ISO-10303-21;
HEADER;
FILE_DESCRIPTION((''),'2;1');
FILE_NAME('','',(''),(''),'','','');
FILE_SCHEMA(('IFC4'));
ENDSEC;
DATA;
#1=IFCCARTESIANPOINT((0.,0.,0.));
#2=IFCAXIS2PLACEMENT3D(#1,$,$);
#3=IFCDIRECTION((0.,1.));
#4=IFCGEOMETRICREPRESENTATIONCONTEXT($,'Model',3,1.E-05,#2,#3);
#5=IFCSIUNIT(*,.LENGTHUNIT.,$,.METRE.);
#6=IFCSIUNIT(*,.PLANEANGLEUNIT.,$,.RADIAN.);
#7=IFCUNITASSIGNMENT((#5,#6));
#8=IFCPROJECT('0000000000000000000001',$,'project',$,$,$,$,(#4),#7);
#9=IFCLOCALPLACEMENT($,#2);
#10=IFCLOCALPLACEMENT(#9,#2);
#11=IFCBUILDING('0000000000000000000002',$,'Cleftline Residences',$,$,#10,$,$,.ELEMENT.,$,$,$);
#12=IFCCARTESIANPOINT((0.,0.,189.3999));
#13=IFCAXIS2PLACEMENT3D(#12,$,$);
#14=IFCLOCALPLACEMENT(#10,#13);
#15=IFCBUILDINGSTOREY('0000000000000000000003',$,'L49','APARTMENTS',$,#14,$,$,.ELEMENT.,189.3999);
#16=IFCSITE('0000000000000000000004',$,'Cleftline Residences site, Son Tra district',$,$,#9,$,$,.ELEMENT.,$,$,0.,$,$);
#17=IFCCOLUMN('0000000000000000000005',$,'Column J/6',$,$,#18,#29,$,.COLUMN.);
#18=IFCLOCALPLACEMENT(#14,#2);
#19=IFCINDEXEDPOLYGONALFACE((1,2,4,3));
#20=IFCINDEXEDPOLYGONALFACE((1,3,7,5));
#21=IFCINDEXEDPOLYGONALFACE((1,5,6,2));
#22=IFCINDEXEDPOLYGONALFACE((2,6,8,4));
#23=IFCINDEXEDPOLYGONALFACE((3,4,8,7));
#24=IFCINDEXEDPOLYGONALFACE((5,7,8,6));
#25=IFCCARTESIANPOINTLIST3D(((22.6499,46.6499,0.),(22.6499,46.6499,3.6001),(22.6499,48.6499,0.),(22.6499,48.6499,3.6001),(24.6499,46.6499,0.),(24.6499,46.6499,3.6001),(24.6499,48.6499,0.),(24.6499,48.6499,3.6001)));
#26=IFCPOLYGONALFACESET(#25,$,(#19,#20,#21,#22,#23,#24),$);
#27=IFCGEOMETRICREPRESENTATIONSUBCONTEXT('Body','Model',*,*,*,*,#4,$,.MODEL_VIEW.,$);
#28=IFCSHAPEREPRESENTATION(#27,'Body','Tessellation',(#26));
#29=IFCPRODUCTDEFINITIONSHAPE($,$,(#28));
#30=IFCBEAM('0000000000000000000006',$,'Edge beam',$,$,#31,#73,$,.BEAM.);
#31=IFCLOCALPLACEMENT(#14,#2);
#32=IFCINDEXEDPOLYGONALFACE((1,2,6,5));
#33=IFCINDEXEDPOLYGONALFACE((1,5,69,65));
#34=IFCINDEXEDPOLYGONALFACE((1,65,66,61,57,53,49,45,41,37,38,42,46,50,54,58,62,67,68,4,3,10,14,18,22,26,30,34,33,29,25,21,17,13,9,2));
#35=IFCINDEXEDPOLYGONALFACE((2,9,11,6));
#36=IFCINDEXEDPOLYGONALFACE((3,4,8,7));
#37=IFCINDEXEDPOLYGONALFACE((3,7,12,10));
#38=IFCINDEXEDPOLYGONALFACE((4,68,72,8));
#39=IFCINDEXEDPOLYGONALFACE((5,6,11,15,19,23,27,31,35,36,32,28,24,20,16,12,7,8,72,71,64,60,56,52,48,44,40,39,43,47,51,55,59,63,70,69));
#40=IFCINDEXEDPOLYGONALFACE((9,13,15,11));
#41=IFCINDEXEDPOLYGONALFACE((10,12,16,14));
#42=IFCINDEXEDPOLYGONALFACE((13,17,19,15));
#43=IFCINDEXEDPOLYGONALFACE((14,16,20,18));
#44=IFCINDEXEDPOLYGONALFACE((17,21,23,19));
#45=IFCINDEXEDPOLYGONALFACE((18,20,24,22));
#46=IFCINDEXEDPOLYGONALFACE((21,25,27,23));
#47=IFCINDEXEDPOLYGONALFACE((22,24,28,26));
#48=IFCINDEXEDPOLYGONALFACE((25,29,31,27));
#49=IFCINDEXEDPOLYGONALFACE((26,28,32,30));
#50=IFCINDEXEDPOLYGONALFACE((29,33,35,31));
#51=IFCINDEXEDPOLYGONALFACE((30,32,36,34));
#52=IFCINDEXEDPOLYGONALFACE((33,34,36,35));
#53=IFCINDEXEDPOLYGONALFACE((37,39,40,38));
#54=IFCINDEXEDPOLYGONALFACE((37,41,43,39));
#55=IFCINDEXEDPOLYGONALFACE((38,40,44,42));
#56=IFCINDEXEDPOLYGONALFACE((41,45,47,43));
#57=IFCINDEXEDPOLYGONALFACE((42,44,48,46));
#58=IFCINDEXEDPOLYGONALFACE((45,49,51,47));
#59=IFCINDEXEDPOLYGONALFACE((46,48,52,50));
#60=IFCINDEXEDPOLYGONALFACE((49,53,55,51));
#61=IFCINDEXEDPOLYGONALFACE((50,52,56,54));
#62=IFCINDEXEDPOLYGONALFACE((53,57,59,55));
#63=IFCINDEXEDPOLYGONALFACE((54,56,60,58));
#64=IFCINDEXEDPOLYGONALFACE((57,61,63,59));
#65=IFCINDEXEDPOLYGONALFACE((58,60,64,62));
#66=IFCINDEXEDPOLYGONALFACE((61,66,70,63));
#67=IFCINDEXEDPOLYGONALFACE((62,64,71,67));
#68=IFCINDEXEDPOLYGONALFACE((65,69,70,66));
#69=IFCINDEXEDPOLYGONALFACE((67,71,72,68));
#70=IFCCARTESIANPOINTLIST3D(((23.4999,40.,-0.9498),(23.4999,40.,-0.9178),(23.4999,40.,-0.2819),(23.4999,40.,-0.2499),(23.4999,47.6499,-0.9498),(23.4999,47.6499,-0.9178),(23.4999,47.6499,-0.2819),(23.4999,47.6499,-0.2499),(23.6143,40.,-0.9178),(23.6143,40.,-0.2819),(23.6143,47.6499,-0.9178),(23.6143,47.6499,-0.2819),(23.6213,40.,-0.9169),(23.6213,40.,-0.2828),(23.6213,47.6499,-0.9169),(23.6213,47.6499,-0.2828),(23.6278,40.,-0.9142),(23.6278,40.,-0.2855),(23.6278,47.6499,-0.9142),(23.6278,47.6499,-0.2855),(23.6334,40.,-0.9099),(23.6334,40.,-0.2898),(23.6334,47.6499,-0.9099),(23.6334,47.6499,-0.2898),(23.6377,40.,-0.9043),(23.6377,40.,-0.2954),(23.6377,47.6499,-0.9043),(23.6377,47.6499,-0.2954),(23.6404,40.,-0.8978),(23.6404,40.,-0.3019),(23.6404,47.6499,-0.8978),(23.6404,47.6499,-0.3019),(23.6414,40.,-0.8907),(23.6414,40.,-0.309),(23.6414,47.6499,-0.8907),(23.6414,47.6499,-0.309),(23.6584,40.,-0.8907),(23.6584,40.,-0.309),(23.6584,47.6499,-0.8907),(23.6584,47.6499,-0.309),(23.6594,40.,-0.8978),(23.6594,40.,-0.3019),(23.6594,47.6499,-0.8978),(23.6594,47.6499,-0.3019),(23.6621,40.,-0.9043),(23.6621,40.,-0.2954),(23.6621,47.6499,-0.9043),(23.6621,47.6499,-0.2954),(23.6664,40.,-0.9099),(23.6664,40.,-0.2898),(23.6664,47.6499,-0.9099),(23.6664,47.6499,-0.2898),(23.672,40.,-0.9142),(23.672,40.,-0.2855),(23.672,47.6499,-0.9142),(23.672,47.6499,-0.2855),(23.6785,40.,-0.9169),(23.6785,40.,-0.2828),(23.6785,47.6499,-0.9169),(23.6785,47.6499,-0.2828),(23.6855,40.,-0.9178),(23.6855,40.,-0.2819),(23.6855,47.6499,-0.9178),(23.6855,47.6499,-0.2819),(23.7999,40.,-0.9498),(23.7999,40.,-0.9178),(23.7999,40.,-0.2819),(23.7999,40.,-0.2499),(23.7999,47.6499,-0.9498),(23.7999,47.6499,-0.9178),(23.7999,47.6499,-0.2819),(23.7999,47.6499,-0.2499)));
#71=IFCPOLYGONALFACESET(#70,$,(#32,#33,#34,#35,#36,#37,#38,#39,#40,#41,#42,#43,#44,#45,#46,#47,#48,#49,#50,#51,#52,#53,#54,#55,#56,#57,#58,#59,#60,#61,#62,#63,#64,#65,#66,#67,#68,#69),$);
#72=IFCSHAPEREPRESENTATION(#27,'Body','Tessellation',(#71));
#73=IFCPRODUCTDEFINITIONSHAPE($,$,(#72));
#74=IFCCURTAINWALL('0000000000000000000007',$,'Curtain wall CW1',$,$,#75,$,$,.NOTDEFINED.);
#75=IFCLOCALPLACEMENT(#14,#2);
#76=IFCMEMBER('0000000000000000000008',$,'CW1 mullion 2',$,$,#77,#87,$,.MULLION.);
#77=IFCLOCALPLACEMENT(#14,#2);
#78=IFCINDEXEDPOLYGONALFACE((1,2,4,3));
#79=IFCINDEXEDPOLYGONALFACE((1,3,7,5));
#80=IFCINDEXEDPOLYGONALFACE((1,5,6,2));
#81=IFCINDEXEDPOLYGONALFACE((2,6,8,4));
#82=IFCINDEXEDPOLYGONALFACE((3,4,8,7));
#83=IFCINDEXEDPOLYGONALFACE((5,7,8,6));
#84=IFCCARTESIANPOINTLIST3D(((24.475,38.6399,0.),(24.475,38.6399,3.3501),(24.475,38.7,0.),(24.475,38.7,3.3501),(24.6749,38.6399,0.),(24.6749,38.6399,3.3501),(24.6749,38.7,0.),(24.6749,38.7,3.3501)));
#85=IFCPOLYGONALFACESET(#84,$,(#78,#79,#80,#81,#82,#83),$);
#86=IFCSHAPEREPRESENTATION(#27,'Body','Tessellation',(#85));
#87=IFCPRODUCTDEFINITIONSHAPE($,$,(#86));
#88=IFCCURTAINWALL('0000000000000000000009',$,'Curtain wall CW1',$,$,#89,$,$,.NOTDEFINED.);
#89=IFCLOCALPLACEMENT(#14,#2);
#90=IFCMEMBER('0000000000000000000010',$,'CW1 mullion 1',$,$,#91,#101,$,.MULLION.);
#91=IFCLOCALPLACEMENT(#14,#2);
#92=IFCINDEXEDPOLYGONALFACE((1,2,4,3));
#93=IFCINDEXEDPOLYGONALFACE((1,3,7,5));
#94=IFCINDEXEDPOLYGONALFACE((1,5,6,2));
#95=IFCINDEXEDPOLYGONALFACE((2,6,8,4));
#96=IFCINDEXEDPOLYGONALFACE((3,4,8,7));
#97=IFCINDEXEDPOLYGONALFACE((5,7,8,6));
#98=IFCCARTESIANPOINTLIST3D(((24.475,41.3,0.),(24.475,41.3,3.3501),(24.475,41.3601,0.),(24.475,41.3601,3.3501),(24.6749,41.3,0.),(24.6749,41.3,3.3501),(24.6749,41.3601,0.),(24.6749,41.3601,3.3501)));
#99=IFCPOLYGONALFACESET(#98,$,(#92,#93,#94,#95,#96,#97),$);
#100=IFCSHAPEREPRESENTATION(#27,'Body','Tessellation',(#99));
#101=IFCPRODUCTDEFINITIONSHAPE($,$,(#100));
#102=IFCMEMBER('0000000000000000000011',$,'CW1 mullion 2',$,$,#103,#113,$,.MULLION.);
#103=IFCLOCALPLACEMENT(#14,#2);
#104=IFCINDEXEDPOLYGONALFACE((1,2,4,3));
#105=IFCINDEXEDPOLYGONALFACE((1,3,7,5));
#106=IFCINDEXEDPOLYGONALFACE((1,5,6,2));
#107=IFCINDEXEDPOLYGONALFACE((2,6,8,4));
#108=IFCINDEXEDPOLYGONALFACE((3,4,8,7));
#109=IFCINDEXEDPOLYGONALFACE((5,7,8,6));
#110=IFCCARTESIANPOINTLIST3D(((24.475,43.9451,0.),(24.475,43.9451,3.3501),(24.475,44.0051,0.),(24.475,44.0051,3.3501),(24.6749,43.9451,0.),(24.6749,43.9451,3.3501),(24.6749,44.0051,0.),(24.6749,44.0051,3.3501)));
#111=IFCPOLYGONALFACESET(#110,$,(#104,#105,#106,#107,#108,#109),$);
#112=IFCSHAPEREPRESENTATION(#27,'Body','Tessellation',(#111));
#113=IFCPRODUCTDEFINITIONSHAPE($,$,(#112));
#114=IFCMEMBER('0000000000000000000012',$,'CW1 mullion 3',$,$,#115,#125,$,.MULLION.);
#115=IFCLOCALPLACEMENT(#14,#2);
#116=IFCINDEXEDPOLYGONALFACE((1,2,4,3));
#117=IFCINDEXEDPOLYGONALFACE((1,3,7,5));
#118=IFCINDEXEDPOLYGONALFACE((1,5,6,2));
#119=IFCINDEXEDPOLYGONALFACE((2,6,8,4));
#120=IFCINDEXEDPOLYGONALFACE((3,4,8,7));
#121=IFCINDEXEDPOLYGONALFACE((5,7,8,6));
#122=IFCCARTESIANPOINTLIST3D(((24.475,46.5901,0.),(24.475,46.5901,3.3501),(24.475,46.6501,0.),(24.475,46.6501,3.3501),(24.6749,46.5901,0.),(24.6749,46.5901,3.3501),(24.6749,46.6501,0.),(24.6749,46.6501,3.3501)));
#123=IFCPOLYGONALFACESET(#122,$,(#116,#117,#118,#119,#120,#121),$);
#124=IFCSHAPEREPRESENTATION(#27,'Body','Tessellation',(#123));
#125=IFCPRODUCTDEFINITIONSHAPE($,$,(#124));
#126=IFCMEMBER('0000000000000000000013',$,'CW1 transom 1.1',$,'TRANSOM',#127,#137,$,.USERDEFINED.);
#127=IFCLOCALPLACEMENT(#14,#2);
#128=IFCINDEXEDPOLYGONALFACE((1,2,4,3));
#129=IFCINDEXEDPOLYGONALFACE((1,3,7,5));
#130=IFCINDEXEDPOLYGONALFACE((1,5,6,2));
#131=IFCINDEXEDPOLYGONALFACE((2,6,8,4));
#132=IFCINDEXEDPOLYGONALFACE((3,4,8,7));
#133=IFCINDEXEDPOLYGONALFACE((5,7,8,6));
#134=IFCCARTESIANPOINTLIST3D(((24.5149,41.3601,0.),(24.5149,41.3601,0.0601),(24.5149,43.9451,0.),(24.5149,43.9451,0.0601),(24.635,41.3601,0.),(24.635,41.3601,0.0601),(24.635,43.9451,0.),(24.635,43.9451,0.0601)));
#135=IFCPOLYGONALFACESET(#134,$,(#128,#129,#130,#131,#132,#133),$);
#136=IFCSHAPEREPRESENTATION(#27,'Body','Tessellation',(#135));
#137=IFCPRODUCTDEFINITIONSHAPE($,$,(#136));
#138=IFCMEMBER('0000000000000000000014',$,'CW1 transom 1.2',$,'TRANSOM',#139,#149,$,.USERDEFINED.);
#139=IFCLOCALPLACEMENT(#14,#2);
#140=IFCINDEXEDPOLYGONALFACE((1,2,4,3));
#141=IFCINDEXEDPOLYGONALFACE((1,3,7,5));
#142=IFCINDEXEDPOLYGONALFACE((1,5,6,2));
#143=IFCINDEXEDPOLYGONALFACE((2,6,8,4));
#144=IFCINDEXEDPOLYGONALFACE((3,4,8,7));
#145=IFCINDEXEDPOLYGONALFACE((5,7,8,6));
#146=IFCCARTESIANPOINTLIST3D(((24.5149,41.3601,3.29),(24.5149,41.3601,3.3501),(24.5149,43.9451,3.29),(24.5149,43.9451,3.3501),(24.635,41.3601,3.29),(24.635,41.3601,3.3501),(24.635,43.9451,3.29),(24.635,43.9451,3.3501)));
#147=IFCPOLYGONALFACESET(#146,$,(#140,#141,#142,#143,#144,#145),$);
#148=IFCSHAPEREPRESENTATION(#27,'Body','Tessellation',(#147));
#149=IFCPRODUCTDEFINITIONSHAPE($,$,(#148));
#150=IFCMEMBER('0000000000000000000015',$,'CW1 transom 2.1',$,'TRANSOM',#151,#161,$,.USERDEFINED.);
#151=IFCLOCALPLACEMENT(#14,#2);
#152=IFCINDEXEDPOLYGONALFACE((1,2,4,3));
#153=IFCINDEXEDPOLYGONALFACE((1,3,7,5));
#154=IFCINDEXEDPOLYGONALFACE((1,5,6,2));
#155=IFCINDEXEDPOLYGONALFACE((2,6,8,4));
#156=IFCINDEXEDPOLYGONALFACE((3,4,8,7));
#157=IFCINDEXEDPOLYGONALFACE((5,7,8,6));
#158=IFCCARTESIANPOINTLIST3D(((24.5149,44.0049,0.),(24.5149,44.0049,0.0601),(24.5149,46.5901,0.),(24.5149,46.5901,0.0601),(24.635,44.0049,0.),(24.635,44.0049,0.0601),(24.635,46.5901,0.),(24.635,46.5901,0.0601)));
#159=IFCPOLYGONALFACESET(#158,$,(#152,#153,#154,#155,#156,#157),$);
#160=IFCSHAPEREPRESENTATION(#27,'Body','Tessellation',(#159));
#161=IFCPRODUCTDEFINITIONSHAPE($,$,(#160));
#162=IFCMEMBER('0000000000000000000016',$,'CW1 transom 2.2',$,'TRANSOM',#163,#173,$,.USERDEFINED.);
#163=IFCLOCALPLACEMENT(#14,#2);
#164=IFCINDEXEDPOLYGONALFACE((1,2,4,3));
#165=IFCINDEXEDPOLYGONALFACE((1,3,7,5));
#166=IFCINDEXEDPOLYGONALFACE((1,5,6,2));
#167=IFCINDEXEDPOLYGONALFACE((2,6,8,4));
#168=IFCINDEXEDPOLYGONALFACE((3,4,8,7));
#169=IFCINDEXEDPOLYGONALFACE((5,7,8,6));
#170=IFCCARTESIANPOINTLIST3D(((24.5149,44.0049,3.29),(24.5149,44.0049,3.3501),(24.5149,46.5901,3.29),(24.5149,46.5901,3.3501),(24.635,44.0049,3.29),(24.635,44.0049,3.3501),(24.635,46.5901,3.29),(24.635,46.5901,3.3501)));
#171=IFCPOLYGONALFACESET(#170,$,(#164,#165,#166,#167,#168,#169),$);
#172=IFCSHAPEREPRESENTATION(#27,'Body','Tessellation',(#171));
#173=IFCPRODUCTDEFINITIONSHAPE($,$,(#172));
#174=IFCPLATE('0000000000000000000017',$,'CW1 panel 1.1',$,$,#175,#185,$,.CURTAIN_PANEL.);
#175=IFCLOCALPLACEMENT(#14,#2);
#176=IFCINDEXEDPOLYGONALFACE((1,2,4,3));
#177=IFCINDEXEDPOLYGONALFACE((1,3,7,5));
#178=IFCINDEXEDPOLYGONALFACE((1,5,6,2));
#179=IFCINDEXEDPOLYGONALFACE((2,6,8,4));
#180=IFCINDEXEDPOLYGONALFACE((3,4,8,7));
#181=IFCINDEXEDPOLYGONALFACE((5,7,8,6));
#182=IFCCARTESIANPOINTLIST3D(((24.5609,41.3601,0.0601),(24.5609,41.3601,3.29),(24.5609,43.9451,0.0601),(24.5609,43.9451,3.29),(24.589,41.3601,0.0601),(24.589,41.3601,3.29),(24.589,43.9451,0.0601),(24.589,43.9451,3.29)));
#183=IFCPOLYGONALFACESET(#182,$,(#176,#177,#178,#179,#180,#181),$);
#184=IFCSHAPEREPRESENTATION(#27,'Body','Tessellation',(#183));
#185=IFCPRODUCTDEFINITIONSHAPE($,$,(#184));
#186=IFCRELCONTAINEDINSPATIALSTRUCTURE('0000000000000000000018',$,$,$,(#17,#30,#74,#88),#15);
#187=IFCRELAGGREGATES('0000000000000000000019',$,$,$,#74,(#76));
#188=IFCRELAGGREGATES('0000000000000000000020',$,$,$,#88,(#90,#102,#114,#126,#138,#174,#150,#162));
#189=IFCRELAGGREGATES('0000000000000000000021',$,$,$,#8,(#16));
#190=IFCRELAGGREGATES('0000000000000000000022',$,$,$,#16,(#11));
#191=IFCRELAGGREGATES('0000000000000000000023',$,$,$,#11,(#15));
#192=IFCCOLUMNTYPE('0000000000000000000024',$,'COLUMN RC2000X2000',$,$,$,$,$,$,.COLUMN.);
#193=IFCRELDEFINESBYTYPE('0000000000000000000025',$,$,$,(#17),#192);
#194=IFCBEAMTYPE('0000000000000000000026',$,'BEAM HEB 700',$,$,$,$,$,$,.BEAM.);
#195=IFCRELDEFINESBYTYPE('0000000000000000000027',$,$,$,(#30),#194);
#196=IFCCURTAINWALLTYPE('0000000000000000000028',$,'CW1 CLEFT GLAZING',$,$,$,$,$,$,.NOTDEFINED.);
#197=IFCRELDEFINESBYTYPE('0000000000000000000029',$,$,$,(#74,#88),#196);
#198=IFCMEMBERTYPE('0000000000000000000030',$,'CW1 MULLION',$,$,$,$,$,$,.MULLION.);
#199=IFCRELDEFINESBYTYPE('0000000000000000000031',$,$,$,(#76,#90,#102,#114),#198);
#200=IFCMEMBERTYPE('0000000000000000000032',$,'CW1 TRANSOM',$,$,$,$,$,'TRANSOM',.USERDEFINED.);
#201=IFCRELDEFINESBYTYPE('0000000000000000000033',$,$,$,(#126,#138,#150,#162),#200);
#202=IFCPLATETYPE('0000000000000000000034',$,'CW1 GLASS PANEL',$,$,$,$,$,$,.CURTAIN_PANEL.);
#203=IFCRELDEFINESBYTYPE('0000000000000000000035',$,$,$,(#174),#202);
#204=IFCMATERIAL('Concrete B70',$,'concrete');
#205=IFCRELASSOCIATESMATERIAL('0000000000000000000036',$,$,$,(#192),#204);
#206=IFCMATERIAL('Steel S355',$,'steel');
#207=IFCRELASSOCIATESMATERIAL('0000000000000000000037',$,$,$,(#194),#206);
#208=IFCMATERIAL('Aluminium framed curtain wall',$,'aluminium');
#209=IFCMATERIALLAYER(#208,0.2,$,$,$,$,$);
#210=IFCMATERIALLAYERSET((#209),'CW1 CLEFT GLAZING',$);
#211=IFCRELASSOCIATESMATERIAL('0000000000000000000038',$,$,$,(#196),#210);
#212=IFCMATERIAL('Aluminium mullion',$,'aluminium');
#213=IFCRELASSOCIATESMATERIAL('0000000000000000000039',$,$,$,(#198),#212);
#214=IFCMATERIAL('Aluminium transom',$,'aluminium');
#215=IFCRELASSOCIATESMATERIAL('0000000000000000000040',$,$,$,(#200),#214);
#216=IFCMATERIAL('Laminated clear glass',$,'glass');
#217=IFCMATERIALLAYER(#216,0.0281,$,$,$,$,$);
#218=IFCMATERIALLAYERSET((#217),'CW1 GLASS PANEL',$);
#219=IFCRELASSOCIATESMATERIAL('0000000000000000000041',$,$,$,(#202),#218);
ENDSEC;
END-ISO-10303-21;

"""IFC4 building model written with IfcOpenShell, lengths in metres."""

from ifc_helpers import new_model, si_unit, direction, frame, origin, origin_2d, place, context, subcontext, project, spatial, rectangle, i_section, extrude, material, layer, layer_set, material_profile, profile_set, type_object, element, aggregate, save


model = new_model("IFC4")

# Units and contexts
model_context = context("Model", 3, precision=1e-05, world=origin(), true_north=direction((0.0, 1.0)))
body_context = subcontext(model_context, "Body", "Model", "MODEL_VIEW")
ifc_project = project(units=[si_unit("LENGTHUNIT", "METRE"), si_unit("PLANEANGLEUNIT", "RADIAN")], contexts=[model_context])

# Site, building, storey
site_placement = place(None, origin())
site = spatial("IfcSite", under=ifc_project, at=site_placement, Name="Cleftline Residences site, Son Tra district", CompositionType="ELEMENT", RefElevation=0.0)
building_placement = place(site_placement, origin())
building = spatial("IfcBuilding", under=site, at=building_placement, Name="Cleftline Residences", CompositionType="ELEMENT")
storey_placement = place(building_placement, frame((0.0, 0.0, 189.3999)))
storey = spatial("IfcBuildingStorey", under=building, at=storey_placement, Name="L49", Description="APARTMENTS", CompositionType="ELEMENT", Elevation=189.3999)

# Column
ifc_material_1 = material(Name="Concrete B70", Category="concrete")
ifc_material_profile_1 = material_profile(ifc_material_1, rectangle(XDim=2.0, YDim=2.0, at=origin_2d()))
ifc_profile_set_1 = profile_set([ifc_material_profile_1], Name="Concrete B70")
column_type = type_object("IfcColumnType", Name="COLUMN RC2000X2000", PredefinedType="COLUMN", material=ifc_profile_set_1)
column_placement = place(storey_placement, frame((23.6499, 47.6499, 0.0), z_axis=(0.0, 0.0, 1.0), x_axis=(1.0, 0.0, 0.0)))
element("IfcColumn", 1, at=column_placement, inside=storey, type_object=column_type, Name="Column J/6", PredefinedType="COLUMN", context=body_context, shape_type="SweptSolid", body=[
    extrude(rectangle(XDim=2.0, YDim=2.0, at=origin_2d()), origin(), (0.0, 0.0, 1.0), 3.6001),
])

# Beam
ifc_material_2 = material(Name="Steel S355", Category="steel")
ifc_material_profile_2 = material_profile(ifc_material_2, i_section(OverallWidth=0.3, OverallDepth=0.7, WebThickness=0.0171, FlangeThickness=0.032, FilletRadius=0.0271, at=origin_2d()))
ifc_profile_set_2 = profile_set([ifc_material_profile_2], Name="Steel S355")
beam_type = type_object("IfcBeamType", Name="BEAM HEB 700", PredefinedType="BEAM", material=ifc_profile_set_2)
beam_placement = place(storey_placement, frame((23.6499, 47.6499, -0.5999), z_axis=(0.0, -1.0, 0.0), x_axis=(1.0, 0.0, 0.0)))
element("IfcBeam", 2, at=beam_placement, inside=storey, type_object=beam_type, Name="Edge beam", PredefinedType="BEAM", context=body_context, shape_type="SweptSolid", body=[
    extrude(i_section(OverallWidth=0.3, OverallDepth=0.7, WebThickness=0.0171, FlangeThickness=0.032, FilletRadius=0.0271, at=origin_2d()), origin(), (0.0, 0.0, 1.0), 7.6499),
])

# Curtain wall, member
ifc_material_3 = material(Name="Aluminium framed curtain wall", Category="aluminium")
ifc_layer_1 = layer(ifc_material_3, 0.2)
ifc_layer_set_1 = layer_set([ifc_layer_1], Name="CW1 CLEFT GLAZING")
curtain_wall_type = type_object("IfcCurtainWallType", Name="CW1 CLEFT GLAZING", PredefinedType="NOTDEFINED", material=ifc_layer_set_1)
curtain_wall_1_placement = place(storey_placement, origin())
curtain_wall_1 = element("IfcCurtainWall", 3, at=curtain_wall_1_placement, inside=storey, type_object=curtain_wall_type, Name="Curtain wall CW1", PredefinedType="NOTDEFINED")
ifc_material_4 = material(Name="Aluminium mullion", Category="aluminium")
ifc_material_profile_3 = material_profile(ifc_material_4, rectangle(XDim=0.2, YDim=0.0601, at=origin_2d()))
ifc_profile_set_3 = profile_set([ifc_material_profile_3], Name="Aluminium mullion")
member_type_1 = type_object("IfcMemberType", Name="CW1 MULLION", PredefinedType="MULLION", material=ifc_profile_set_3)
member_1_placement = place(storey_placement, frame((24.575, 38.6699, 0.0), z_axis=(0.0, 0.0, 1.0), x_axis=(-1.0, 0.0, 0.0)))
member_1 = element("IfcMember", 4, at=member_1_placement, type_object=member_type_1, Name="CW1 mullion 2", PredefinedType="MULLION", context=body_context, shape_type="SweptSolid", body=[
    extrude(rectangle(XDim=0.2, YDim=0.0601, at=origin_2d()), origin(), (0.0, 0.0, 1.0), 3.3501),
])
aggregate(curtain_wall_1, [member_1])

# Curtain wall, members, plate
curtain_wall_2_placement = place(storey_placement, origin())
curtain_wall_2 = element("IfcCurtainWall", 5, at=curtain_wall_2_placement, inside=storey, type_object=curtain_wall_type, Name="Curtain wall CW1", PredefinedType="NOTDEFINED")
member_2_placement = place(storey_placement, frame((24.575, 41.3301, 0.0), z_axis=(0.0, 0.0, 1.0), x_axis=(-1.0, 0.0, 0.0)))
member_2 = element("IfcMember", 6, at=member_2_placement, type_object=member_type_1, Name="CW1 mullion 1", PredefinedType="MULLION", context=body_context, shape_type="SweptSolid", body=[
    extrude(rectangle(XDim=0.2, YDim=0.0601, at=origin_2d()), origin(), (0.0, 0.0, 1.0), 3.3501),
])
member_3_placement = place(storey_placement, frame((24.575, 43.9751, 0.0), z_axis=(0.0, 0.0, 1.0), x_axis=(-1.0, 0.0, 0.0)))
member_3 = element("IfcMember", 7, at=member_3_placement, type_object=member_type_1, Name="CW1 mullion 2", PredefinedType="MULLION", context=body_context, shape_type="SweptSolid", body=[
    extrude(rectangle(XDim=0.2, YDim=0.0601, at=origin_2d()), origin(), (0.0, 0.0, 1.0), 3.3501),
])
member_4_placement = place(storey_placement, frame((24.575, 46.6201, 0.0), z_axis=(0.0, 0.0, 1.0), x_axis=(-1.0, 0.0, 0.0)))
member_4 = element("IfcMember", 8, at=member_4_placement, type_object=member_type_1, Name="CW1 mullion 3", PredefinedType="MULLION", context=body_context, shape_type="SweptSolid", body=[
    extrude(rectangle(XDim=0.2, YDim=0.0601, at=origin_2d()), origin(), (0.0, 0.0, 1.0), 3.3501),
])
ifc_material_5 = material(Name="Aluminium transom", Category="aluminium")
ifc_material_profile_4 = material_profile(ifc_material_5, rectangle(XDim=0.1201, YDim=0.0601, at=origin_2d()))
ifc_profile_set_4 = profile_set([ifc_material_profile_4], Name="Aluminium transom")
member_type_2 = type_object("IfcMemberType", Name="CW1 TRANSOM", ElementType="TRANSOM", PredefinedType="USERDEFINED", material=ifc_profile_set_4)
member_5_placement = place(storey_placement, frame((24.575, 41.3601, 0.03), z_axis=(0.0, 1.0, 0.0), x_axis=(-1.0, 0.0, 0.0)))
member_5 = element("IfcMember", 9, at=member_5_placement, type_object=member_type_2, Name="CW1 transom 1.1", ObjectType="TRANSOM", PredefinedType="USERDEFINED", context=body_context, shape_type="SweptSolid", body=[
    extrude(rectangle(XDim=0.1201, YDim=0.0601, at=origin_2d()), origin(), (0.0, 0.0, 1.0), 2.585),
])
member_6_placement = place(storey_placement, frame((24.575, 41.3601, 3.3201), z_axis=(0.0, 1.0, 0.0), x_axis=(-1.0, 0.0, 0.0)))
member_6 = element("IfcMember", 10, at=member_6_placement, type_object=member_type_2, Name="CW1 transom 1.2", ObjectType="TRANSOM", PredefinedType="USERDEFINED", context=body_context, shape_type="SweptSolid", body=[
    extrude(rectangle(XDim=0.1201, YDim=0.0601, at=origin_2d()), origin(), (0.0, 0.0, 1.0), 2.585),
])
member_7_placement = place(storey_placement, frame((24.575, 44.0049, 0.03), z_axis=(0.0, 1.0, 0.0), x_axis=(-1.0, 0.0, 0.0)))
member_7 = element("IfcMember", 11, at=member_7_placement, type_object=member_type_2, Name="CW1 transom 2.1", ObjectType="TRANSOM", PredefinedType="USERDEFINED", context=body_context, shape_type="SweptSolid", body=[
    extrude(rectangle(XDim=0.1201, YDim=0.0601, at=origin_2d()), origin(), (0.0, 0.0, 1.0), 2.5852),
])
member_8_placement = place(storey_placement, frame((24.575, 44.0049, 3.3201), z_axis=(0.0, 1.0, 0.0), x_axis=(-1.0, 0.0, 0.0)))
member_8 = element("IfcMember", 12, at=member_8_placement, type_object=member_type_2, Name="CW1 transom 2.2", ObjectType="TRANSOM", PredefinedType="USERDEFINED", context=body_context, shape_type="SweptSolid", body=[
    extrude(rectangle(XDim=0.1201, YDim=0.0601, at=origin_2d()), origin(), (0.0, 0.0, 1.0), 2.5852),
])
ifc_material_6 = material(Name="Laminated clear glass", Category="glass")
ifc_layer_2 = layer(ifc_material_6, 0.0281)
ifc_layer_set_2 = layer_set([ifc_layer_2], Name="CW1 GLASS PANEL")
plate_type = type_object("IfcPlateType", Name="CW1 GLASS PANEL", PredefinedType="CURTAIN_PANEL", material=ifc_layer_set_2)
plate_1_placement = place(storey_placement, frame((24.575, 42.6526, 0.0601), z_axis=(0.0, 0.0, 1.0), x_axis=(0.0, 1.0, 0.0)))
plate_1 = element("IfcPlate", 13, at=plate_1_placement, type_object=plate_type, Name="CW1 panel 1.1", PredefinedType="CURTAIN_PANEL", context=body_context, shape_type="SweptSolid", body=[
    extrude(rectangle(XDim=2.585, YDim=0.0281, at=origin_2d()), origin(), (0.0, 0.0, 1.0), 3.23),
])
aggregate(curtain_wall_2, [member_2, member_3, member_4, member_5, member_6, plate_1, member_7, member_8])

save(model, "model.ifc")
